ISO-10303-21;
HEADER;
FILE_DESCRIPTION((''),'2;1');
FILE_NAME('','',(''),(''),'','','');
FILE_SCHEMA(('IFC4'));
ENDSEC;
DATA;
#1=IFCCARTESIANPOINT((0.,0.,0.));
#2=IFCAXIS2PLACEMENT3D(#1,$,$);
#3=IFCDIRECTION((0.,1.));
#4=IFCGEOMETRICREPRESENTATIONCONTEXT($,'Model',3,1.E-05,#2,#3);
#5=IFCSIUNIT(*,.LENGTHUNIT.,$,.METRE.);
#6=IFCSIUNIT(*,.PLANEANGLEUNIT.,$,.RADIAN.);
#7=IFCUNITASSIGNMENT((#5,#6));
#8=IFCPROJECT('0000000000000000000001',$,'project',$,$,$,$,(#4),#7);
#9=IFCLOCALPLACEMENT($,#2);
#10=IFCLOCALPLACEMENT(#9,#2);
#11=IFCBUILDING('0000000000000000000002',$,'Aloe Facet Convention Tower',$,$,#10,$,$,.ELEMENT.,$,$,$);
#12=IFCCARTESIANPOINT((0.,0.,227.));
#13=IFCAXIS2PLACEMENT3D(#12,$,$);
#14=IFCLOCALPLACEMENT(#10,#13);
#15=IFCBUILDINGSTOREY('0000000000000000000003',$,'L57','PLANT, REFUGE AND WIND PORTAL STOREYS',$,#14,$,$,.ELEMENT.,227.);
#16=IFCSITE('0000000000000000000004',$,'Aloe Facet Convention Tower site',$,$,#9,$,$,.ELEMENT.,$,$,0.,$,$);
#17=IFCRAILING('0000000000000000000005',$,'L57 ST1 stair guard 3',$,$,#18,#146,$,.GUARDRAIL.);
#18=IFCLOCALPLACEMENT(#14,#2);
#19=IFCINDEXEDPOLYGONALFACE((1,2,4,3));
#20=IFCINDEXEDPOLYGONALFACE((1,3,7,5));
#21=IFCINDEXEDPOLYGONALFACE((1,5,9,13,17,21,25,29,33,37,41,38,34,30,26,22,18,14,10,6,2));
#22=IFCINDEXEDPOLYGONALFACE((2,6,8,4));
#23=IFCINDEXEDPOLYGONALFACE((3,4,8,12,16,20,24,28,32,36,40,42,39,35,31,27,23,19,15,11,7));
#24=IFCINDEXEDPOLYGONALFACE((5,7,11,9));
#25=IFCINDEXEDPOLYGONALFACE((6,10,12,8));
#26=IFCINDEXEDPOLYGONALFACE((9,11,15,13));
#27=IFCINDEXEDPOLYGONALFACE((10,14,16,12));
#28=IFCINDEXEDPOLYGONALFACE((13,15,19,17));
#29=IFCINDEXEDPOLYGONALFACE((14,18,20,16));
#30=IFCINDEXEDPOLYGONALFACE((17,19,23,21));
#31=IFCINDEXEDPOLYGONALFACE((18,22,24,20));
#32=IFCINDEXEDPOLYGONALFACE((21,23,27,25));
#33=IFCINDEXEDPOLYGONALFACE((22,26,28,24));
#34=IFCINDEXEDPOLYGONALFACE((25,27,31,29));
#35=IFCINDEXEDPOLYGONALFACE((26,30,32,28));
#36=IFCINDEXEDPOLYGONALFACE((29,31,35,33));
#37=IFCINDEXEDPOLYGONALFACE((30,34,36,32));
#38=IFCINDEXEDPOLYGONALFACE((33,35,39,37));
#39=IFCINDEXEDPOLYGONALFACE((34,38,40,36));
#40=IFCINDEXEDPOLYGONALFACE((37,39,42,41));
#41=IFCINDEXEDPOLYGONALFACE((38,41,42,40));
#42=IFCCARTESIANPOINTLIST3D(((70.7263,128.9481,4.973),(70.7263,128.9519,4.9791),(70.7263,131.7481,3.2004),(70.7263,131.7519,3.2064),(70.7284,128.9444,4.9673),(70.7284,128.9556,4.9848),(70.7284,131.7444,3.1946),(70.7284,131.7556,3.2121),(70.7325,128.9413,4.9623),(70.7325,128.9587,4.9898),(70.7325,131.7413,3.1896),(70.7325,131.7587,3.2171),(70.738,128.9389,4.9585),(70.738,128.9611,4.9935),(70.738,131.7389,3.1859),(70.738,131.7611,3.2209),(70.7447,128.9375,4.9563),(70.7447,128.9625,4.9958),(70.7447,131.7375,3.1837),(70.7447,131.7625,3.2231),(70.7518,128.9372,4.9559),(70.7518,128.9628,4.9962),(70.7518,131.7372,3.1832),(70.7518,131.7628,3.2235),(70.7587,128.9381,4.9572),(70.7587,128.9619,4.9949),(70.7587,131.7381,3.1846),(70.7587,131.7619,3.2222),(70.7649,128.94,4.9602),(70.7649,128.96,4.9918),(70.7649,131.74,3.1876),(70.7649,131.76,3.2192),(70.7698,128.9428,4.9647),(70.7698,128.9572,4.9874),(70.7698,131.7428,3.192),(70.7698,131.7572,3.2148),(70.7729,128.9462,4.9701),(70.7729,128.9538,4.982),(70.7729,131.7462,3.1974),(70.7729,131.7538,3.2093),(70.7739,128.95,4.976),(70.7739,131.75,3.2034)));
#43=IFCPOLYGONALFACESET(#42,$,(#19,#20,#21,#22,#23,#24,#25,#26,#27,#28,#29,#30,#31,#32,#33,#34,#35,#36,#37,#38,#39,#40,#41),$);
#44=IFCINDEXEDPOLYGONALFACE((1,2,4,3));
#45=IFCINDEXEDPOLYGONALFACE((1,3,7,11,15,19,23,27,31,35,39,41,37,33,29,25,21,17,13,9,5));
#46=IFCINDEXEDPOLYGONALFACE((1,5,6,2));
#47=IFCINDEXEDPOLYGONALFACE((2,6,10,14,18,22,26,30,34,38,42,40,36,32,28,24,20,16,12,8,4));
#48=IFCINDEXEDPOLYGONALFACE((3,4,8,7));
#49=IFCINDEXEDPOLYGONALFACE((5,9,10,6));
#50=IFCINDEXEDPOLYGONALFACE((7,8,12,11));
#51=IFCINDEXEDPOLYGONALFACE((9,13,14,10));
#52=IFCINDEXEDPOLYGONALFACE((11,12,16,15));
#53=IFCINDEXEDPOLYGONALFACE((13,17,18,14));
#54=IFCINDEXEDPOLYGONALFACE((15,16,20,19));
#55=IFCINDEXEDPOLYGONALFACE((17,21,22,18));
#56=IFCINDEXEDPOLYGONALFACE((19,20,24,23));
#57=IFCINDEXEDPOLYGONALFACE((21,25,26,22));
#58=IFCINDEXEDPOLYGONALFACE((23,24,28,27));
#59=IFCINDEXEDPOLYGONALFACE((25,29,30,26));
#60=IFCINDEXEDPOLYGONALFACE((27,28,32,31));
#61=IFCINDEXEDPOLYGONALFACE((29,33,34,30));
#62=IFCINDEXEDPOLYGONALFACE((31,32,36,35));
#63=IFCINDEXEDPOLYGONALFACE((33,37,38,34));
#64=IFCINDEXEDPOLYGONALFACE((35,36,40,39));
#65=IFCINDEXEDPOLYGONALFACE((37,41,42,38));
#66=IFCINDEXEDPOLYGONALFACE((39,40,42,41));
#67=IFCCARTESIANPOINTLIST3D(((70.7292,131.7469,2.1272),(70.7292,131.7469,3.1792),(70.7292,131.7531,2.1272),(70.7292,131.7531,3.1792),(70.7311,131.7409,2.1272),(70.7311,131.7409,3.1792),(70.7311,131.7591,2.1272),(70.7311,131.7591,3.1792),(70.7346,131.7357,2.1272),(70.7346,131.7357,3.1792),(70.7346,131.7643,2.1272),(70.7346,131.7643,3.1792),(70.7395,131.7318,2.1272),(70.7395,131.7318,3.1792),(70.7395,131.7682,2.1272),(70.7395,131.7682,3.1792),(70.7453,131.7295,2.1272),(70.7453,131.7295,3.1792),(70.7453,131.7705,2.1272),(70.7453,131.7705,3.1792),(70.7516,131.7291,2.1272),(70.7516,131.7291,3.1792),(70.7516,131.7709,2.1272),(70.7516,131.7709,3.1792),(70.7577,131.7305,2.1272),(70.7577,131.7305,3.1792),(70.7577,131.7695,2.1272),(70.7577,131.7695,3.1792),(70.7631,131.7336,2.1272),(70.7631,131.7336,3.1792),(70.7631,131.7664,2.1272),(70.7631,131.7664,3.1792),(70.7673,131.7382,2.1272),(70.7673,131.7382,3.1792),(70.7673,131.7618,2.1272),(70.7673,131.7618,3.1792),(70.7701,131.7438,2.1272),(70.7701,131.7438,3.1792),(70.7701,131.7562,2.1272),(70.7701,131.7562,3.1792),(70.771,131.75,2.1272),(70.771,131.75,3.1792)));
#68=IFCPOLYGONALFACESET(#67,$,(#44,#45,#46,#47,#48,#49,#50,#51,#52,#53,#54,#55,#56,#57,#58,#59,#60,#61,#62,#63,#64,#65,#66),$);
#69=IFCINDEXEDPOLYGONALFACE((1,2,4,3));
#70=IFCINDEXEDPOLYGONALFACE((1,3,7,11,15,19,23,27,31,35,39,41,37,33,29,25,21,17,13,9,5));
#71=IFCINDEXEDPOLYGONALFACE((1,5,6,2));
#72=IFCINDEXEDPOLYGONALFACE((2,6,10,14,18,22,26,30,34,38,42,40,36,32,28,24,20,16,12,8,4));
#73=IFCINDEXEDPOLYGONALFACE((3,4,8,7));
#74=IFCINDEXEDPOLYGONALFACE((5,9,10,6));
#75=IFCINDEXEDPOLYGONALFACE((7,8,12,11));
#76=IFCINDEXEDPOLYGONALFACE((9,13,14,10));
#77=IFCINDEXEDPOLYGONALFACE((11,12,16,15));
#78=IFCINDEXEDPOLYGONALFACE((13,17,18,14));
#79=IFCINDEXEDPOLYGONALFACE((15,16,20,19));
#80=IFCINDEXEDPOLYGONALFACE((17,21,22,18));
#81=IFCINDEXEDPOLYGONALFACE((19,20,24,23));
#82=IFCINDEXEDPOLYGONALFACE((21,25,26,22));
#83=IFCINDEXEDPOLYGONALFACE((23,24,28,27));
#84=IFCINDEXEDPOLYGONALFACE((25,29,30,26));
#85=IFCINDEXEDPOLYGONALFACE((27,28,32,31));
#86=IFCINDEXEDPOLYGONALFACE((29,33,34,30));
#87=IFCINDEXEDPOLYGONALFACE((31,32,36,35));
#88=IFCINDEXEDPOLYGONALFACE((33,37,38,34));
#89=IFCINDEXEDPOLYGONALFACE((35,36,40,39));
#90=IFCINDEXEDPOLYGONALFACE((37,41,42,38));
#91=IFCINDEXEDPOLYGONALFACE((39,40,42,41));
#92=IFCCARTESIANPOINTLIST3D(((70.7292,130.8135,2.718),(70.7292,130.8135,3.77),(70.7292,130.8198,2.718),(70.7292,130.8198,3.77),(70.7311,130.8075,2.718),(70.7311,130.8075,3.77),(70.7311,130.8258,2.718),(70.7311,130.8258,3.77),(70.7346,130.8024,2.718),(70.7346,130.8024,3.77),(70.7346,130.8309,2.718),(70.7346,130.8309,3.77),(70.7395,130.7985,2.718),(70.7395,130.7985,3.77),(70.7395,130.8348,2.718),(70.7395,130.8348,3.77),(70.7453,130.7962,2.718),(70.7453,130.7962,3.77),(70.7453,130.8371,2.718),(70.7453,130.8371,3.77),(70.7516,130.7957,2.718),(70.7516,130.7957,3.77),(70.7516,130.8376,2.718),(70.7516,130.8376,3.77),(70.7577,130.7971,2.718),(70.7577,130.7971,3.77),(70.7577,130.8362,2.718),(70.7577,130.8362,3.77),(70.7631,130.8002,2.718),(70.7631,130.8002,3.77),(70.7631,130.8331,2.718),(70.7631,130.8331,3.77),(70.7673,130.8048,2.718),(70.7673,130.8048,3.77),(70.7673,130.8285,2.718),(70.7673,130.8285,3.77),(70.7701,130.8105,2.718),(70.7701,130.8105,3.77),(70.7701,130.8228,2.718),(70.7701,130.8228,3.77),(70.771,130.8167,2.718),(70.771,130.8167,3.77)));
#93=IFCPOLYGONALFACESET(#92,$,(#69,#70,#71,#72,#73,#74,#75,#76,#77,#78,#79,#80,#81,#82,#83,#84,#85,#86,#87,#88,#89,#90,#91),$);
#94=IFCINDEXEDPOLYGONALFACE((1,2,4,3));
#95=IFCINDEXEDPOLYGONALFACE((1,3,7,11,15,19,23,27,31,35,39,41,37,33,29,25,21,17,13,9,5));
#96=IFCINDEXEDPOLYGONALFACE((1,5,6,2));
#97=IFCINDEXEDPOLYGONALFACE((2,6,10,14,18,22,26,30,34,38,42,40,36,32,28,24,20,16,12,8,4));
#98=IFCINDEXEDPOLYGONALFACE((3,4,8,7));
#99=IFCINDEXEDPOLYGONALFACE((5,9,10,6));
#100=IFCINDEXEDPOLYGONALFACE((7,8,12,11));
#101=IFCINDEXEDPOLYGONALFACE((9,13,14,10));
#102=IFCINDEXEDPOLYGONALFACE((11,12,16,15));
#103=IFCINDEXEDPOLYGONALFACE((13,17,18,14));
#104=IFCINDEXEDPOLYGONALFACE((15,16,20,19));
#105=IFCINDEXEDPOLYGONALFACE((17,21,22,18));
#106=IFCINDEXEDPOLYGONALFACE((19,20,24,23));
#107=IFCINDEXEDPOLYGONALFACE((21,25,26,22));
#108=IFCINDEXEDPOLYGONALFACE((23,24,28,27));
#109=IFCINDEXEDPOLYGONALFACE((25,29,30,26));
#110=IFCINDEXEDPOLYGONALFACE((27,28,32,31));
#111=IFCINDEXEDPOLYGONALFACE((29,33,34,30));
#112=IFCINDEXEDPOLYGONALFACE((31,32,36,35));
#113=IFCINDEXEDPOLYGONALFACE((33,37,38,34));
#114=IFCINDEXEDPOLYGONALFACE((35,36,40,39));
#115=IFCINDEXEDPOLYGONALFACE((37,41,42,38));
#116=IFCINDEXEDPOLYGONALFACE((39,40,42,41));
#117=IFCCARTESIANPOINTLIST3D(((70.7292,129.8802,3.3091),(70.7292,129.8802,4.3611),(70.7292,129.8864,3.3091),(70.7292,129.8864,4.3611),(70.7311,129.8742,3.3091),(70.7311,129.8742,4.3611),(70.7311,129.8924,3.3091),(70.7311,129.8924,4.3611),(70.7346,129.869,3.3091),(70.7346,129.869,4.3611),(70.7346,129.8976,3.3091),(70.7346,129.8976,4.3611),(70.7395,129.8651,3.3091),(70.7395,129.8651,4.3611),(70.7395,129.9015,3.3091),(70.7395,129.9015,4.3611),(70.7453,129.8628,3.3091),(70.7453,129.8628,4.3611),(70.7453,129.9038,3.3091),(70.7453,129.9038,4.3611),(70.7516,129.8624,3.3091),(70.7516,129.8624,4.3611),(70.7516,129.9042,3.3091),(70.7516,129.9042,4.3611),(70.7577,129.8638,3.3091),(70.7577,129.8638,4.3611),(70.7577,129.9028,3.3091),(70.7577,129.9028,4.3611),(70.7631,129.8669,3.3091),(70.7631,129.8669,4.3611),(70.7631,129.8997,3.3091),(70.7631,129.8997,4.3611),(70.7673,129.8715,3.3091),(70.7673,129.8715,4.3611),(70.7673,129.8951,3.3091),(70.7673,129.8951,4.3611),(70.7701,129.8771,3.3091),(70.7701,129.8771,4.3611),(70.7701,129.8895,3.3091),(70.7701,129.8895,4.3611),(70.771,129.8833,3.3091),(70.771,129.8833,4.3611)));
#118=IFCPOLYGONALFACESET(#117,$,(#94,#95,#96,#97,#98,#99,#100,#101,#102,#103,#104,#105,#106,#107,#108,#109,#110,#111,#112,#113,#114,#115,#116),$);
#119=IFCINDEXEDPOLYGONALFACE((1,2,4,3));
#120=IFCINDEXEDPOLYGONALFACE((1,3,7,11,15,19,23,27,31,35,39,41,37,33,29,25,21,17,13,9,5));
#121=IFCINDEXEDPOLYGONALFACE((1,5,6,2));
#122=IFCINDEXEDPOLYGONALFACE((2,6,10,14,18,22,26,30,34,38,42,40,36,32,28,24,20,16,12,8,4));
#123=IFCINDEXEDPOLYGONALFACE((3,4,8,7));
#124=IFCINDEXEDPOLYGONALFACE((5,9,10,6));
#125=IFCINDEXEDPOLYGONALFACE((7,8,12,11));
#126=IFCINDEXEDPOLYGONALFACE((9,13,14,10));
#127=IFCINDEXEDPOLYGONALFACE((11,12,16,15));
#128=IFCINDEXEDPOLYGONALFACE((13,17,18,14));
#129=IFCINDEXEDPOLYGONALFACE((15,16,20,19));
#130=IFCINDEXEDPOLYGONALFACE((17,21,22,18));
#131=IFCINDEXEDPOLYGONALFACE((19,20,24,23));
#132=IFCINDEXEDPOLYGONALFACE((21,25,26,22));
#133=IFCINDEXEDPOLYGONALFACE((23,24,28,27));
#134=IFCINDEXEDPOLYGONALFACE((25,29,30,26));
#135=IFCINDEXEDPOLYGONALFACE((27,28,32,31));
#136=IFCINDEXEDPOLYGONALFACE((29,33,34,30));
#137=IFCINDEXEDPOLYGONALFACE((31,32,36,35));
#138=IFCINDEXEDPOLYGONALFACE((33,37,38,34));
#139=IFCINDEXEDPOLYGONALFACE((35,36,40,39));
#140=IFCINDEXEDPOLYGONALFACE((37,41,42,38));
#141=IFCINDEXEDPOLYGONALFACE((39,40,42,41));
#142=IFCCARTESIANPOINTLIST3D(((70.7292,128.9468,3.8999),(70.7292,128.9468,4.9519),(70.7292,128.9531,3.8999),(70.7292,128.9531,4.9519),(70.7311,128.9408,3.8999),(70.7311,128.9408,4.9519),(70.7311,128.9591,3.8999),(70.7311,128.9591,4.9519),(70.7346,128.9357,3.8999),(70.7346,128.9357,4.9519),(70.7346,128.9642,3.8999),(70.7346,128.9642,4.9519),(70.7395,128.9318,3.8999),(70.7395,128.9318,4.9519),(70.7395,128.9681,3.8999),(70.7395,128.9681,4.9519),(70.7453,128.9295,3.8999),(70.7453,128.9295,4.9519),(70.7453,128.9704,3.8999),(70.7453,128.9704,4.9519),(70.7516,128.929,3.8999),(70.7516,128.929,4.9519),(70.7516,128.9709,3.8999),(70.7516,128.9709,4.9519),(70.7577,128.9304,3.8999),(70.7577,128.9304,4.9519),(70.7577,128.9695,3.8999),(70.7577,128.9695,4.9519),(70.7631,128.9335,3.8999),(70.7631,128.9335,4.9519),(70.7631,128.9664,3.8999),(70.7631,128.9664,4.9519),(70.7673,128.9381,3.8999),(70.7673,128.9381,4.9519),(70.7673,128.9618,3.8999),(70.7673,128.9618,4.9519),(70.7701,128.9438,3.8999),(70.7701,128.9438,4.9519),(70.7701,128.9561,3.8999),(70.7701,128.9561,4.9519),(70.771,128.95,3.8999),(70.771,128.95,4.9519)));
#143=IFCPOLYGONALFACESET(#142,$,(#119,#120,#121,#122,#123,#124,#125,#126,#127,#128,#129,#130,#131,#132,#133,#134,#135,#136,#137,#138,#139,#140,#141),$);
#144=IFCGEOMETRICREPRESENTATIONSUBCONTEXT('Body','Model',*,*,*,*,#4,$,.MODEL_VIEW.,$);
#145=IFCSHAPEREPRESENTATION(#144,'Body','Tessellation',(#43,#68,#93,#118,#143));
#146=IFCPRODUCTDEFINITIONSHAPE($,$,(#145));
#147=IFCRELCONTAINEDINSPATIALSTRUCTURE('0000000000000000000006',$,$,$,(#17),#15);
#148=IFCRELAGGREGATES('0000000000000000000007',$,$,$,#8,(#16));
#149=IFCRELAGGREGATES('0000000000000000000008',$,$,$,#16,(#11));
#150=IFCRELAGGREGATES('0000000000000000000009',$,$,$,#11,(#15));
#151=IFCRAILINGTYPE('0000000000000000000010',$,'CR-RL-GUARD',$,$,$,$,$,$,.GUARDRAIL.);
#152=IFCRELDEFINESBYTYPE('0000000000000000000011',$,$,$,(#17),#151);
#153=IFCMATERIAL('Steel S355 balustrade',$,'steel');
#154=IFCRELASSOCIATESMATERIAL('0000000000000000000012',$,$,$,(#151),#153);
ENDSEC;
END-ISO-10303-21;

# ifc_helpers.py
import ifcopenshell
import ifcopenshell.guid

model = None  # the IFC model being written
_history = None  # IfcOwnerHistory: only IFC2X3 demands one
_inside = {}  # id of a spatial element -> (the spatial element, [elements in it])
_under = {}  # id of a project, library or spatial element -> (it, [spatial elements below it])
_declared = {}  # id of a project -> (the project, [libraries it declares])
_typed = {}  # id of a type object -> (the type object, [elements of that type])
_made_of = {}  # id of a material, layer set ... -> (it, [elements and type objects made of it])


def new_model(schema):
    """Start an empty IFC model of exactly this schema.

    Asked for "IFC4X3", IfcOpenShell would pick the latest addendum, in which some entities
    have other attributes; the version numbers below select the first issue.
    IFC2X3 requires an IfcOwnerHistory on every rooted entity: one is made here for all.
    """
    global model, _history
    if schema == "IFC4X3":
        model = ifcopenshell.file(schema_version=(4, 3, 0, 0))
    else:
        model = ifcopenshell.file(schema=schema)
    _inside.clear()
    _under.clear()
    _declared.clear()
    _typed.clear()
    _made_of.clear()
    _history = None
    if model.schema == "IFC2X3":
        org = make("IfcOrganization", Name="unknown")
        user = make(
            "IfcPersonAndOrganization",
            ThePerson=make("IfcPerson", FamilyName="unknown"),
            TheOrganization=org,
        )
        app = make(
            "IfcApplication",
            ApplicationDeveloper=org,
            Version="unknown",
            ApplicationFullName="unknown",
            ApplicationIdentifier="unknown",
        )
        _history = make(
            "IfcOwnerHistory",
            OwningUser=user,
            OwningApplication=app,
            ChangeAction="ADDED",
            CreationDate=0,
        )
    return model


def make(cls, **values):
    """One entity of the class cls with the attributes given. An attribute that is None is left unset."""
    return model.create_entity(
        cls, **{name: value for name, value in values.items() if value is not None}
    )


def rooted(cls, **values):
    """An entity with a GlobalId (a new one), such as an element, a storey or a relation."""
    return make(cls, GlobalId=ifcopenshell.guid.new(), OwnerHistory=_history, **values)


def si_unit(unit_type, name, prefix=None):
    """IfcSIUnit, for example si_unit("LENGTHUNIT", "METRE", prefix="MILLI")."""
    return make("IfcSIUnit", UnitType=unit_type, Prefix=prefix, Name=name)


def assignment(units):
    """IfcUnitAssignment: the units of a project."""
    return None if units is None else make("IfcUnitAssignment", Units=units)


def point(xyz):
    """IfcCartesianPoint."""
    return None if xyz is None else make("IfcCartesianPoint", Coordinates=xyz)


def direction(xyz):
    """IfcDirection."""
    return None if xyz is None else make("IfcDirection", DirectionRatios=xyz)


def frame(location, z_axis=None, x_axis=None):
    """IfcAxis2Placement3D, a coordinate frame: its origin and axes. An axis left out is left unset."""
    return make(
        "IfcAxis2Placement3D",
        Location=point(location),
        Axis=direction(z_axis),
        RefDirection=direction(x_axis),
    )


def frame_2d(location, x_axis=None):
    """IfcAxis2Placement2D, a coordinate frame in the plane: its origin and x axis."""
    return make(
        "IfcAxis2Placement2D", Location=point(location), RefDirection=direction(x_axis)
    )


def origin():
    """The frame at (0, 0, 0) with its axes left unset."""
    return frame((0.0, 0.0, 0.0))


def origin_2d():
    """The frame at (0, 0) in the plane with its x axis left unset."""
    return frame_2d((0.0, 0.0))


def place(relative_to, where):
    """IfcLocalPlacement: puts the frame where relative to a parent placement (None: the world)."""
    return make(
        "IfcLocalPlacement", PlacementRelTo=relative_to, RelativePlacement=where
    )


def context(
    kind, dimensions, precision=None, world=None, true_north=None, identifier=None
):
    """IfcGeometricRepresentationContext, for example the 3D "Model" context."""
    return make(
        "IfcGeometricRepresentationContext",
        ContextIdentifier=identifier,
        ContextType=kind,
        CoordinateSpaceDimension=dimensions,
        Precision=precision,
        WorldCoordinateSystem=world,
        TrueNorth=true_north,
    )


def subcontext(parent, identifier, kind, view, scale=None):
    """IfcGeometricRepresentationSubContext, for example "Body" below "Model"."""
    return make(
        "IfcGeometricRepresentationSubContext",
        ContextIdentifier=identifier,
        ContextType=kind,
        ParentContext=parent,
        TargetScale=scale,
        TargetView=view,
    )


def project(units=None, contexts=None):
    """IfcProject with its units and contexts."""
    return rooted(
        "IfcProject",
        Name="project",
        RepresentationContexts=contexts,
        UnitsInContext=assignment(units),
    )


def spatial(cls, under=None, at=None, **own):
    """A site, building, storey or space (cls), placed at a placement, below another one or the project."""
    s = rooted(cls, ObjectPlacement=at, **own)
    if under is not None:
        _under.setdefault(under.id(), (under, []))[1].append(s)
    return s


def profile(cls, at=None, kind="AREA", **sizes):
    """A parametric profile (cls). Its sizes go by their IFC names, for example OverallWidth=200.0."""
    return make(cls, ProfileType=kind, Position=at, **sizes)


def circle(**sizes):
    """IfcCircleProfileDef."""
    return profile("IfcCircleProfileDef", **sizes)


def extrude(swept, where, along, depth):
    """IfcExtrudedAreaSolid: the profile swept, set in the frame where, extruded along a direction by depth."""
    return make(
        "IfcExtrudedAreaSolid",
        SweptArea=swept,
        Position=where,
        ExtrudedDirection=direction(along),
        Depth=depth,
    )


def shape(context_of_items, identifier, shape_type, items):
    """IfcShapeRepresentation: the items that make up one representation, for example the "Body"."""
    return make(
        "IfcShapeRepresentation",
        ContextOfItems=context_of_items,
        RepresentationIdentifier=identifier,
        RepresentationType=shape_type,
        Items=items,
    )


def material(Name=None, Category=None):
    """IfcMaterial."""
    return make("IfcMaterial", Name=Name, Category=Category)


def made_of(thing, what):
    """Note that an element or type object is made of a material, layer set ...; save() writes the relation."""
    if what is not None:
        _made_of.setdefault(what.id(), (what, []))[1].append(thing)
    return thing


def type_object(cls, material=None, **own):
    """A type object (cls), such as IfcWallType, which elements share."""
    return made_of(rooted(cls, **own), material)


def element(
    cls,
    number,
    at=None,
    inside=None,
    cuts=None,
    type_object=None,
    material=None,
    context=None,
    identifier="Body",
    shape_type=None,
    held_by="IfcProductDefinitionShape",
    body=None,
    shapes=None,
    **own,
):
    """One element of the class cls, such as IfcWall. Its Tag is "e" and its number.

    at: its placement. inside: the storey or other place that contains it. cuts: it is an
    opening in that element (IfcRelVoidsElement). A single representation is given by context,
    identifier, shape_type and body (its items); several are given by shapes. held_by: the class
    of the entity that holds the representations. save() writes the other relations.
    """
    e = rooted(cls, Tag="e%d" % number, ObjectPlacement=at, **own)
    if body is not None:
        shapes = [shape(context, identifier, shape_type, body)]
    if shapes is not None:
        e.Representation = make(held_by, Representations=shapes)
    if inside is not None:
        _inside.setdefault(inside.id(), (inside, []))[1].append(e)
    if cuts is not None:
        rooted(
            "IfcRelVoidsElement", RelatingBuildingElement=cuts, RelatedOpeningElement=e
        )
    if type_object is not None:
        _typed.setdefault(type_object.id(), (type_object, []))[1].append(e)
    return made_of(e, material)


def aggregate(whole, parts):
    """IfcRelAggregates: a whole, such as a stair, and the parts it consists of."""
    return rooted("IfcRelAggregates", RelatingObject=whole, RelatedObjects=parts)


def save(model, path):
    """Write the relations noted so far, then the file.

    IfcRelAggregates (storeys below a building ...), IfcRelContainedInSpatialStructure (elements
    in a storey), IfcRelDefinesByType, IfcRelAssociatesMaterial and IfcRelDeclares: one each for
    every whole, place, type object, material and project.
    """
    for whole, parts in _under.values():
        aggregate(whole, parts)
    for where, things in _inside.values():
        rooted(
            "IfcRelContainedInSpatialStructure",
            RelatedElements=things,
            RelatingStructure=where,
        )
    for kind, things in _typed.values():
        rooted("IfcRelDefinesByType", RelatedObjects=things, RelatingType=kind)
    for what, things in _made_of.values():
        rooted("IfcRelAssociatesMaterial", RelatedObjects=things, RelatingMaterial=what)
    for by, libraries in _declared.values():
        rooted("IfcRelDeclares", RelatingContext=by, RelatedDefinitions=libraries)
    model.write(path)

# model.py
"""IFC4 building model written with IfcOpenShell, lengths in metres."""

from ifc_helpers import new_model, si_unit, direction, frame, origin, origin_2d, place, context, subcontext, project, spatial, circle, extrude, material, type_object, element, save


model = new_model("IFC4")

# Units and contexts
model_context = context("Model", 3, precision=1e-05, world=origin(), true_north=direction((0.0, 1.0)))
body_context = subcontext(model_context, "Body", "Model", "MODEL_VIEW")
ifc_project = project(units=[si_unit("LENGTHUNIT", "METRE"), si_unit("PLANEANGLEUNIT", "RADIAN")], contexts=[model_context])

# Site, building, storey
site_placement = place(None, origin())
site = spatial("IfcSite", under=ifc_project, at=site_placement, Name="Aloe Facet Convention Tower site", CompositionType="ELEMENT", RefElevation=0.0)
building_placement = place(site_placement, origin())
building = spatial("IfcBuilding", under=site, at=building_placement, Name="Aloe Facet Convention Tower", CompositionType="ELEMENT")
storey_placement = place(building_placement, frame((0.0, 0.0, 227.0)))
storey = spatial("IfcBuildingStorey", under=building, at=storey_placement, Name="L57", Description="PLANT, REFUGE AND WIND PORTAL STOREYS", CompositionType="ELEMENT", Elevation=227.0)

# Railing
ifc_material_1 = material(Name="Steel S355 balustrade", Category="steel")
railing_type_1 = type_object("IfcRailingType", Name="CR-RL-GUARD", PredefinedType="GUARDRAIL", material=ifc_material_1)
railing_1_placement = place(storey_placement, frame((70.75, 131.75, 2.1272)))
element("IfcRailing", 1, at=railing_1_placement, inside=storey, type_object=railing_type_1, Name="L57 ST1 stair guard 3", PredefinedType="GUARDRAIL", context=body_context, shape_type="SweptSolid", body=[
    extrude(circle(Radius=0.0239, at=origin_2d()), frame((0.0, 0.0, 1.0762), z_axis=(0.0, -0.844909, 0.53491), x_axis=(1.0, 0.0, 0.0)), (0.0, 0.0, 1.0), 3.314),
    extrude(circle(Radius=0.021, at=origin_2d()), origin(), (0.0, 0.0, 1.0), 1.052),
    extrude(circle(Radius=0.021, at=origin_2d()), frame((0.0, -0.9333, 0.5908)), (0.0, 0.0, 1.0), 1.052),
    extrude(circle(Radius=0.021, at=origin_2d()), frame((0.0, -1.8667, 1.1819)), (0.0, 0.0, 1.0), 1.052),
    extrude(circle(Radius=0.021, at=origin_2d()), frame((0.0, -2.8, 1.7727)), (0.0, 0.0, 1.0), 1.052),
])

save(model, "model.ifc")
